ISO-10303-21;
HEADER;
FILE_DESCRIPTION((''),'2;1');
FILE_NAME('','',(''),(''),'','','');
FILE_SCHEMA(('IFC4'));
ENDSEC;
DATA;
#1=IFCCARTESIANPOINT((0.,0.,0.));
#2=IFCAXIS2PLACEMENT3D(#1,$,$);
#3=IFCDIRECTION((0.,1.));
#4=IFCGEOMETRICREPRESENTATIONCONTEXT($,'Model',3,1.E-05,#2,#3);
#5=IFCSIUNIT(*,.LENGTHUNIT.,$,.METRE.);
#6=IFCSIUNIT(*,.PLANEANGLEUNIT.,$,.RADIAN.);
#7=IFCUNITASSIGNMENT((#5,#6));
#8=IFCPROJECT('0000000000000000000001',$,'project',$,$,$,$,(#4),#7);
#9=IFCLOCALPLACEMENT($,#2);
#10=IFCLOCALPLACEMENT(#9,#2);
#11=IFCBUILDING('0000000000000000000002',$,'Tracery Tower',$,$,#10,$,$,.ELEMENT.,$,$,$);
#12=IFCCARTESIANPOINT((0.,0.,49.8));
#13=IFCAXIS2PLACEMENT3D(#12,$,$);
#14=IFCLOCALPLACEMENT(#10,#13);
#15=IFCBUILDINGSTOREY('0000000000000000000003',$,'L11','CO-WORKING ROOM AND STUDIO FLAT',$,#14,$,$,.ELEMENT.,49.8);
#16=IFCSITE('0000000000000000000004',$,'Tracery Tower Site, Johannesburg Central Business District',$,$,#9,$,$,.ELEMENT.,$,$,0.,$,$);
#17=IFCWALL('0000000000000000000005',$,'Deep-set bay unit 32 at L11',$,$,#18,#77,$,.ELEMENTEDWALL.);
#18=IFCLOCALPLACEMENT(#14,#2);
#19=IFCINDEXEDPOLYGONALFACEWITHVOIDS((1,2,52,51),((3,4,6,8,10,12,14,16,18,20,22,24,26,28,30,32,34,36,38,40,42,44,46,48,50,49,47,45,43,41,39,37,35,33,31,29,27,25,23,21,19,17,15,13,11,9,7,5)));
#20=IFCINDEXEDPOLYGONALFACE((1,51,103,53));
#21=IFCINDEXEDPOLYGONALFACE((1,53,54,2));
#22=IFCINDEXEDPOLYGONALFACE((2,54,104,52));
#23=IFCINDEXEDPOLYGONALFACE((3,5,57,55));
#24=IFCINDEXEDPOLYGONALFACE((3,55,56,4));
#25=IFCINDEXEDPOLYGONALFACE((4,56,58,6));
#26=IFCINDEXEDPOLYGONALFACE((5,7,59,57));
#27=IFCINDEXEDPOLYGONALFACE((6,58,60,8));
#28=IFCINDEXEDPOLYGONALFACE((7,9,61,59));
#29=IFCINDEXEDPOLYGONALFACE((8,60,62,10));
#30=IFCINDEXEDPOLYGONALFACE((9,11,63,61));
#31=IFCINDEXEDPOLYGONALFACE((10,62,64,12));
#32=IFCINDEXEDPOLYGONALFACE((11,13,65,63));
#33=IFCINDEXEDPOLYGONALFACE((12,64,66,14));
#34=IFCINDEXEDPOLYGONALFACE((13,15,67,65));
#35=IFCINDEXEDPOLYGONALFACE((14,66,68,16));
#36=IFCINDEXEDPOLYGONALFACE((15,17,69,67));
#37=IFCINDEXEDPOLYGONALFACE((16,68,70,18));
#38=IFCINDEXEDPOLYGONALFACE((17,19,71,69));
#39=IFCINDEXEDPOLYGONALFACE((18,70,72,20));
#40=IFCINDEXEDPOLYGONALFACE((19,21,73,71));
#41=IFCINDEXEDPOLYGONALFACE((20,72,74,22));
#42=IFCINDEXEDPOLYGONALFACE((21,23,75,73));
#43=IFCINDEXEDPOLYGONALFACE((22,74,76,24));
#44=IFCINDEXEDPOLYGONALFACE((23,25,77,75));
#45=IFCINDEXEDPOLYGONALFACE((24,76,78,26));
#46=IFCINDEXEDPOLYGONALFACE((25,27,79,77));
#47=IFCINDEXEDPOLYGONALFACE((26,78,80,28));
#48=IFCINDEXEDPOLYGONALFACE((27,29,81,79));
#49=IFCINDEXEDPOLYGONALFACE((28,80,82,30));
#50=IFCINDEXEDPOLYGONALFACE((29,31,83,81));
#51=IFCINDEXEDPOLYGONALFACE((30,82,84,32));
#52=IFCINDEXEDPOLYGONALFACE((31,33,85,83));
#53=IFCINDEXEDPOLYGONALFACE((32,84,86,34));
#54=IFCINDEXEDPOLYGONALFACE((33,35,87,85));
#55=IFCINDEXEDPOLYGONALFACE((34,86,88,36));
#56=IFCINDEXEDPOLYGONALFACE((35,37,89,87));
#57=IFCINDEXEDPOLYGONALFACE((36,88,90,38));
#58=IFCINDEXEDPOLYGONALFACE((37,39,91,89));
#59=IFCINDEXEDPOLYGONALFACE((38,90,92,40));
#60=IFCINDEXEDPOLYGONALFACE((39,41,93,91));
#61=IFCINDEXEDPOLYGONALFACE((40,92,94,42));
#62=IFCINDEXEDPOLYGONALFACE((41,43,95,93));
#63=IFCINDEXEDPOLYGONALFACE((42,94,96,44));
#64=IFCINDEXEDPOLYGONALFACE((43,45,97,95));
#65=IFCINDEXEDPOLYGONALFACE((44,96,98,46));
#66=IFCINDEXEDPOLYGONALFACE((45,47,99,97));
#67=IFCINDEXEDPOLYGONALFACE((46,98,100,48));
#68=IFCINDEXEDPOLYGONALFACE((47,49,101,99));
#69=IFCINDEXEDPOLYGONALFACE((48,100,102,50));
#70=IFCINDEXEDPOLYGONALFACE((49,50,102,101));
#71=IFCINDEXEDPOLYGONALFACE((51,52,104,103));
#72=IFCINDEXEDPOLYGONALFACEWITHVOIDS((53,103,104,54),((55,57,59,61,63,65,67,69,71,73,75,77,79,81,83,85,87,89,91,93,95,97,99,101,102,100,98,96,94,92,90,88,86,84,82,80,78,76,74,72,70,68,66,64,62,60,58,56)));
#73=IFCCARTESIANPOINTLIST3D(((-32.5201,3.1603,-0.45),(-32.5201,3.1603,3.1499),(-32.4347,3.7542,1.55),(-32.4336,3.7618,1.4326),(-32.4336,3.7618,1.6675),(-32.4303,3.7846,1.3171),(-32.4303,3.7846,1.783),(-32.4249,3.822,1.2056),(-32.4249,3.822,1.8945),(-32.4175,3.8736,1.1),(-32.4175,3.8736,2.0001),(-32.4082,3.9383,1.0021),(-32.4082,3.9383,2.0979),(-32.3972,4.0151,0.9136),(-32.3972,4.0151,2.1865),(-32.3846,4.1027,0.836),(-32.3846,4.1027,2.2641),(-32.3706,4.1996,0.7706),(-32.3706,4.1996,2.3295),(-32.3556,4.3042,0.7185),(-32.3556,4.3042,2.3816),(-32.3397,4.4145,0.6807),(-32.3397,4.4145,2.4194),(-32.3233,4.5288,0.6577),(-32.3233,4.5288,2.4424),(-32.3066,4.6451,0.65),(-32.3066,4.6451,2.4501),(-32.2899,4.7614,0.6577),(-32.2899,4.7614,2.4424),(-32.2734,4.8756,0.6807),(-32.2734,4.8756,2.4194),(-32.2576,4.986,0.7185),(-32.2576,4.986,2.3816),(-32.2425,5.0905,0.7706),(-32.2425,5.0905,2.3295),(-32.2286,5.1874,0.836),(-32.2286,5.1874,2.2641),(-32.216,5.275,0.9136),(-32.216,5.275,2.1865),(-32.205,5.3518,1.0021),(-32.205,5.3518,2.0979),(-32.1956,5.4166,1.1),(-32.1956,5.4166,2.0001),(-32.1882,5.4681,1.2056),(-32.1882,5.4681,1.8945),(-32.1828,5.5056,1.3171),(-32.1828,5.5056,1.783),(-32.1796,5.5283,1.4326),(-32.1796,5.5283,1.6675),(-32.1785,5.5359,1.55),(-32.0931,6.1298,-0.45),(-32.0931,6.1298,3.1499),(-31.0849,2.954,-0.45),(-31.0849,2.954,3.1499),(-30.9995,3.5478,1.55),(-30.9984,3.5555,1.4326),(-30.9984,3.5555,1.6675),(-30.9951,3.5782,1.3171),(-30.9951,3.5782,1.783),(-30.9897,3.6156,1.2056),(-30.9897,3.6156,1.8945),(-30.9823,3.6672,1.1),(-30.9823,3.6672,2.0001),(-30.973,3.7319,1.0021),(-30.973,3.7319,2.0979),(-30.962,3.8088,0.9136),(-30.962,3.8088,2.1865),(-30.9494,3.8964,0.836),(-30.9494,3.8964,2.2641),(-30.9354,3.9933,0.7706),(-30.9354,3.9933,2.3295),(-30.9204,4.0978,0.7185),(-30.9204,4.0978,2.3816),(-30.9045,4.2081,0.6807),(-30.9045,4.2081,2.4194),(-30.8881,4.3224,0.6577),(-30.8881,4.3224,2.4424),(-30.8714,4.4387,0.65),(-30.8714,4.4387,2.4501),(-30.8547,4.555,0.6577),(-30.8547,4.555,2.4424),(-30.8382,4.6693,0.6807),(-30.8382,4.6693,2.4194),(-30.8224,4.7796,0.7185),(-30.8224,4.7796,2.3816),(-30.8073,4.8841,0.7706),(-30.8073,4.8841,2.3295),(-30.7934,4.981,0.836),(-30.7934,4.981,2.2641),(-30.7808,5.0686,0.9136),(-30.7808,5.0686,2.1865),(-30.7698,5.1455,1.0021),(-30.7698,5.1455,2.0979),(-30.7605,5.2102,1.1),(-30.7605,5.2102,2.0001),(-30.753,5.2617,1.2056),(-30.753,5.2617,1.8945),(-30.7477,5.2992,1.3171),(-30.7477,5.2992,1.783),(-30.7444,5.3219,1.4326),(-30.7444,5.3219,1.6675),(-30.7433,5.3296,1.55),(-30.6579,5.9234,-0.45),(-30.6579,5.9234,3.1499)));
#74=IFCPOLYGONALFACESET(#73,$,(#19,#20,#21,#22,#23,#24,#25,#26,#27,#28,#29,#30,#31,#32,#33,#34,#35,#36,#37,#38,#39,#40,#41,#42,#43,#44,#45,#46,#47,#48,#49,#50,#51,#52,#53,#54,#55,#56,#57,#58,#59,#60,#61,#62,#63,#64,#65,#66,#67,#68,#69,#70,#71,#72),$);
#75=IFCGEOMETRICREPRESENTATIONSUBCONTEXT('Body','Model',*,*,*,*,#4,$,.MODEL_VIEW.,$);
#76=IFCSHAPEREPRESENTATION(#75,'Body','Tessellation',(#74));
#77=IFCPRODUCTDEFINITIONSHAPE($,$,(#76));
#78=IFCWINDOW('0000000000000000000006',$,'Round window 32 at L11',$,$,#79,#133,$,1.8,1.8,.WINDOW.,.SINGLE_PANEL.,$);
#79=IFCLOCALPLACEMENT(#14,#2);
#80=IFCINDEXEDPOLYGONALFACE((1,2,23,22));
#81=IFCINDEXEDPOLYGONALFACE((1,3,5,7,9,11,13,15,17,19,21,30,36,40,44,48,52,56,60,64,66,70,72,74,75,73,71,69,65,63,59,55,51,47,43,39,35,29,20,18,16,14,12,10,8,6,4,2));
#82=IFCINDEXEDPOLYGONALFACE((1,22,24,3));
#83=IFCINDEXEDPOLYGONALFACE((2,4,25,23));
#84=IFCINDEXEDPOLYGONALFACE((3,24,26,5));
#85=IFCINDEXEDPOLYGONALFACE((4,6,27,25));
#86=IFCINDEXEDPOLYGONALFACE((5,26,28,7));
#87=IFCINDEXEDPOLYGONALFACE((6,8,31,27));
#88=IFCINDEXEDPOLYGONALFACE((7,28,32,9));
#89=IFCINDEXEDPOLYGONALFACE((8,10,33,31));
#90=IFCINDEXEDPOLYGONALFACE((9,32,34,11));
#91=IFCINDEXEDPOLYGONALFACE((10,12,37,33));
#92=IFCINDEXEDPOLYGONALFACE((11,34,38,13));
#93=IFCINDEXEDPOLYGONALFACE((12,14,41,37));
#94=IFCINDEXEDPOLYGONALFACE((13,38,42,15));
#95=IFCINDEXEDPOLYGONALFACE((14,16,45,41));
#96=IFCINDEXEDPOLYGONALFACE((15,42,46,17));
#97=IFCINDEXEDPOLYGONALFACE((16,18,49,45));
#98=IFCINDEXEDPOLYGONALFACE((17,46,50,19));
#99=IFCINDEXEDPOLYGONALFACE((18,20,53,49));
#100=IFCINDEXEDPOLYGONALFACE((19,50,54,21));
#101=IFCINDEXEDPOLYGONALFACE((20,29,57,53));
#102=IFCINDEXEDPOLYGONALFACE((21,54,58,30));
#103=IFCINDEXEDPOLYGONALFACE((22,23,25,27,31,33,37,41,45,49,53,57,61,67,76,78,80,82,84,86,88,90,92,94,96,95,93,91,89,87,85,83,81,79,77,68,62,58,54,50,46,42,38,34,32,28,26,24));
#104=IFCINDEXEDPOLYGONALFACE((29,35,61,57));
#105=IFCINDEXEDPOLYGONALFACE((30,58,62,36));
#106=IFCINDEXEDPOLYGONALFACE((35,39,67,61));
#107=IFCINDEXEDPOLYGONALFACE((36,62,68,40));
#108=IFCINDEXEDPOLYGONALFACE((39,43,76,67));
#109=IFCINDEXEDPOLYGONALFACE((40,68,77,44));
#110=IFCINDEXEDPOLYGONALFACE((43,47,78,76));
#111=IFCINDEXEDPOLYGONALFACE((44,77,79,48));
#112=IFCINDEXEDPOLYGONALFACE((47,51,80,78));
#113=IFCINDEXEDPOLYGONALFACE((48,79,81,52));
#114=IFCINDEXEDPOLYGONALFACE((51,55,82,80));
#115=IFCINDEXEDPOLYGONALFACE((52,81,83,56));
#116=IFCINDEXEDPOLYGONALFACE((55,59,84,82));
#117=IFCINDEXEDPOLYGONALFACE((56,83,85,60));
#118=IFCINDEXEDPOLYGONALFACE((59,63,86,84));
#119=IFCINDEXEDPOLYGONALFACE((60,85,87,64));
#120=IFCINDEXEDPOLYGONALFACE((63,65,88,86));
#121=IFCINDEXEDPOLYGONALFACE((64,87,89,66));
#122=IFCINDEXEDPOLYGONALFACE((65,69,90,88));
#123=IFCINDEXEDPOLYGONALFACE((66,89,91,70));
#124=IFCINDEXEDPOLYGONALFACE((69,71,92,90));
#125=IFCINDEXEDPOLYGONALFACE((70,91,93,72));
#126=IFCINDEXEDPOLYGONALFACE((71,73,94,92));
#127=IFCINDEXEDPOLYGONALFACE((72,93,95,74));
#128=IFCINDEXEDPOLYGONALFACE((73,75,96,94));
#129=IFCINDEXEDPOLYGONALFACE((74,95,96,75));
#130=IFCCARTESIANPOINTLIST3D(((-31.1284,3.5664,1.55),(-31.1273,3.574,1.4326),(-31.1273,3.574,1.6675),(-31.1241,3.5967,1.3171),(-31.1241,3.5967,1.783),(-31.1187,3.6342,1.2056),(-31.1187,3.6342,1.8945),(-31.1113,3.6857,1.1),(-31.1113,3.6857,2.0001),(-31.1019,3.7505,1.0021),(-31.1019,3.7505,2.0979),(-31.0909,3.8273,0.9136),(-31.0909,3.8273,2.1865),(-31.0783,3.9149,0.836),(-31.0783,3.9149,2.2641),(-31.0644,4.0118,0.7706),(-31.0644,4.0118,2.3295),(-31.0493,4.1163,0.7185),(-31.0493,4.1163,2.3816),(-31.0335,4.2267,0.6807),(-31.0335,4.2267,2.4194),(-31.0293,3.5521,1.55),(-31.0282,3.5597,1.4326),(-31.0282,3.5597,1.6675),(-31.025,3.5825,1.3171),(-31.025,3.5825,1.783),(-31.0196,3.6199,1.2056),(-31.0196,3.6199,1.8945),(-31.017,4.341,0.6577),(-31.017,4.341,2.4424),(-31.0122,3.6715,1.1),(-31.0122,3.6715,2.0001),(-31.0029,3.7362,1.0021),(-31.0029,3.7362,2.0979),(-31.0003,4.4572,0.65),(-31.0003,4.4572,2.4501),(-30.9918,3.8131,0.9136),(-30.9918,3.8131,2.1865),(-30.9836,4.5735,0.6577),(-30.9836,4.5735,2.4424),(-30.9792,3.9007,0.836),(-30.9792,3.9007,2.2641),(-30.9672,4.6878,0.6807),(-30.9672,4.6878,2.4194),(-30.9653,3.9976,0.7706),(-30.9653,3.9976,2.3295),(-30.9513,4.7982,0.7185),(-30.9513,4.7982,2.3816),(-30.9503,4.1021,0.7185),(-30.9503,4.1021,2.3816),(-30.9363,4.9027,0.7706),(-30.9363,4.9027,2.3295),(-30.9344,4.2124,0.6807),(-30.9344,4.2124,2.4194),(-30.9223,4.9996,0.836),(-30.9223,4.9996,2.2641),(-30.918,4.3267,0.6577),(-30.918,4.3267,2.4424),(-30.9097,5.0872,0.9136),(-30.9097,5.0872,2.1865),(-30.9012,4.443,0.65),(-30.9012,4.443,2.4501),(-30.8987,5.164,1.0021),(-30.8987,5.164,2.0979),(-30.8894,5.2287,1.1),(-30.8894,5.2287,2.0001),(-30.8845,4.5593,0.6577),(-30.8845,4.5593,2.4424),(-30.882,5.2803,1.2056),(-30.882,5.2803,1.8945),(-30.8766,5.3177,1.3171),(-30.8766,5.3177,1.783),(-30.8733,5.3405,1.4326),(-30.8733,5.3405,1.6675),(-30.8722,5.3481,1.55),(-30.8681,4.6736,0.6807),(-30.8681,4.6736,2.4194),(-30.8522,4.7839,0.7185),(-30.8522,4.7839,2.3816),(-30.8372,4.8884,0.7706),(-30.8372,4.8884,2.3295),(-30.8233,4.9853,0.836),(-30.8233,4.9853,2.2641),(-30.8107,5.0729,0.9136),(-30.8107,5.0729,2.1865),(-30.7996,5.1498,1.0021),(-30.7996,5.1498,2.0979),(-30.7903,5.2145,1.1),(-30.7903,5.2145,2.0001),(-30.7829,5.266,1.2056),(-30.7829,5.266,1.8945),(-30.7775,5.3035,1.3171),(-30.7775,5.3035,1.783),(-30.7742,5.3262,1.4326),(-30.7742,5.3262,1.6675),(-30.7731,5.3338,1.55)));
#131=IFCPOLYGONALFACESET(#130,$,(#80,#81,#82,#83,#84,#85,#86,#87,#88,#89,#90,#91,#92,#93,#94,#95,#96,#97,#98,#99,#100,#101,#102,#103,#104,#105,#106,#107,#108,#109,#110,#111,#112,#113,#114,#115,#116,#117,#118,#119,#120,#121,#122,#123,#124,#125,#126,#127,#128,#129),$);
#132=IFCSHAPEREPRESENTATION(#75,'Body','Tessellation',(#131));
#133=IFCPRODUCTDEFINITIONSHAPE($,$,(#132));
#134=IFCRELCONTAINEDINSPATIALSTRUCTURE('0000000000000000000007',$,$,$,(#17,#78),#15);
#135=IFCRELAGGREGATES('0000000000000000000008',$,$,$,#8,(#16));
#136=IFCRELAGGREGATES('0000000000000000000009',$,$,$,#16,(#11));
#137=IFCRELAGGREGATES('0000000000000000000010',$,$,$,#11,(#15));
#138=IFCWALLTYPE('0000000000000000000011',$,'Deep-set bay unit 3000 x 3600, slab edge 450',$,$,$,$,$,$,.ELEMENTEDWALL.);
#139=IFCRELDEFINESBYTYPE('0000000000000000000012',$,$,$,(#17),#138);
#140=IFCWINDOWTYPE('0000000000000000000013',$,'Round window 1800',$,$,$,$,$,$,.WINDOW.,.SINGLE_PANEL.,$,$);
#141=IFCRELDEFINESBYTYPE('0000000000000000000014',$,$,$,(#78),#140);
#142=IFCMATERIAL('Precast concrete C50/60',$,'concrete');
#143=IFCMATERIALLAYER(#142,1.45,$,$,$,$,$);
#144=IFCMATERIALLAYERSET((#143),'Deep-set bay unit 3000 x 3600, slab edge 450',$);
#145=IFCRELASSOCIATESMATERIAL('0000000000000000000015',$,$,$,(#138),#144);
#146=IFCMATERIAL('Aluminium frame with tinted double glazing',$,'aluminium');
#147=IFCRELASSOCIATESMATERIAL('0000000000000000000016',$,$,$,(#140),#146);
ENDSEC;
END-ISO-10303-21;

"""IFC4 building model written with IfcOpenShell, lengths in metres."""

from ifc_helpers import new_model, si_unit, direction, frame, frame_2d, origin, origin_2d, place, context, subcontext, project, spatial, rectangle, circle, extrude, material, layer, layer_set, type_object, element, fill, save


model = new_model("IFC4")

# Units and contexts
model_context = context("Model", 3, precision=1e-05, world=origin(), true_north=direction((0.0, 1.0)))
body_context = subcontext(model_context, "Body", "Model", "MODEL_VIEW")
ifc_project = project(units=[si_unit("LENGTHUNIT", "METRE"), si_unit("PLANEANGLEUNIT", "RADIAN")], contexts=[model_context])

# Site, building, storey
site_placement = place(None, origin())
site = spatial("IfcSite", under=ifc_project, at=site_placement, Name="Tracery Tower Site, Johannesburg Central Business District", CompositionType="ELEMENT", RefElevation=0.0)
building_placement = place(site_placement, origin())
building = spatial("IfcBuilding", under=site, at=building_placement, Name="Tracery Tower", CompositionType="ELEMENT")
storey_placement = place(building_placement, frame((0.0, 0.0, 49.8)))
storey = spatial("IfcBuildingStorey", under=building, at=storey_placement, Name="L11", Description="CO-WORKING ROOM AND STUDIO FLAT", CompositionType="ELEMENT", Elevation=49.8)

# Wall, opening, window
ifc_material_1 = material(Name="Precast concrete C50/60", Category="concrete")
ifc_layer_1 = layer(ifc_material_1, 1.45)
ifc_layer_set_1 = layer_set([ifc_layer_1], Name="Deep-set bay unit 3000 x 3600, slab edge 450")
wall_type_1 = type_object("IfcWallType", Name="Deep-set bay unit 3000 x 3600, slab edge 450", PredefinedType="ELEMENTEDWALL", material=ifc_layer_set_1)
wall_1_placement = place(storey_placement, frame((-31.3755, 6.0266, -0.45), z_axis=(0.0, 0.0, 1.0), x_axis=(-0.142333, -0.989819, 0.0)))
wall_1 = element("IfcWall", 1, at=wall_1_placement, inside=storey, type_object=wall_type_1, Name="Deep-set bay unit 32 at L11", PredefinedType="ELEMENTEDWALL", context=body_context, shape_type="SweptSolid", body=[
    extrude(rectangle(XDim=3.0, YDim=1.45, at=frame_2d((1.5, 0.0))), origin(), (0.0, 0.0, 1.0), 3.5999),
])
opening_1_placement = place(wall_1_placement, frame((1.5, 0.0, 2.0)))
opening_1 = element("IfcOpeningElement", 2, at=opening_1_placement, cuts=wall_1, PredefinedType="OPENING", context=body_context, shape_type="SweptSolid", body=[
    extrude(circle(Radius=0.9, at=origin_2d()), frame((0.0, 0.7349, 0.0), z_axis=(0.0, -1.0, 0.0), x_axis=(1.0, 0.0, 0.0)), (0.0, 0.0, 1.0), 1.47),
])
ifc_material_2 = material(Name="Aluminium frame with tinted double glazing", Category="aluminium")
window_type = type_object("IfcWindowType", Name="Round window 1800", PartitioningType="SINGLE_PANEL", PredefinedType="WINDOW", material=ifc_material_2)
window_1_placement = place(opening_1_placement, origin())
window_1 = element("IfcWindow", 3, at=window_1_placement, inside=storey, type_object=window_type, Name="Round window 32 at L11", OverallHeight=1.8, OverallWidth=1.8, PartitioningType="SINGLE_PANEL", PredefinedType="WINDOW", context=body_context, shape_type="SweptSolid", body=[
    extrude(circle(Radius=0.9, at=origin_2d()), frame((0.0, 0.6948, 0.0), z_axis=(0.0, -1.0, 0.0), x_axis=(1.0, 0.0, 0.0)), (0.0, 0.0, 1.0), 0.1001),
])
fill(opening_1, window_1)

save(model, "model.ifc")
